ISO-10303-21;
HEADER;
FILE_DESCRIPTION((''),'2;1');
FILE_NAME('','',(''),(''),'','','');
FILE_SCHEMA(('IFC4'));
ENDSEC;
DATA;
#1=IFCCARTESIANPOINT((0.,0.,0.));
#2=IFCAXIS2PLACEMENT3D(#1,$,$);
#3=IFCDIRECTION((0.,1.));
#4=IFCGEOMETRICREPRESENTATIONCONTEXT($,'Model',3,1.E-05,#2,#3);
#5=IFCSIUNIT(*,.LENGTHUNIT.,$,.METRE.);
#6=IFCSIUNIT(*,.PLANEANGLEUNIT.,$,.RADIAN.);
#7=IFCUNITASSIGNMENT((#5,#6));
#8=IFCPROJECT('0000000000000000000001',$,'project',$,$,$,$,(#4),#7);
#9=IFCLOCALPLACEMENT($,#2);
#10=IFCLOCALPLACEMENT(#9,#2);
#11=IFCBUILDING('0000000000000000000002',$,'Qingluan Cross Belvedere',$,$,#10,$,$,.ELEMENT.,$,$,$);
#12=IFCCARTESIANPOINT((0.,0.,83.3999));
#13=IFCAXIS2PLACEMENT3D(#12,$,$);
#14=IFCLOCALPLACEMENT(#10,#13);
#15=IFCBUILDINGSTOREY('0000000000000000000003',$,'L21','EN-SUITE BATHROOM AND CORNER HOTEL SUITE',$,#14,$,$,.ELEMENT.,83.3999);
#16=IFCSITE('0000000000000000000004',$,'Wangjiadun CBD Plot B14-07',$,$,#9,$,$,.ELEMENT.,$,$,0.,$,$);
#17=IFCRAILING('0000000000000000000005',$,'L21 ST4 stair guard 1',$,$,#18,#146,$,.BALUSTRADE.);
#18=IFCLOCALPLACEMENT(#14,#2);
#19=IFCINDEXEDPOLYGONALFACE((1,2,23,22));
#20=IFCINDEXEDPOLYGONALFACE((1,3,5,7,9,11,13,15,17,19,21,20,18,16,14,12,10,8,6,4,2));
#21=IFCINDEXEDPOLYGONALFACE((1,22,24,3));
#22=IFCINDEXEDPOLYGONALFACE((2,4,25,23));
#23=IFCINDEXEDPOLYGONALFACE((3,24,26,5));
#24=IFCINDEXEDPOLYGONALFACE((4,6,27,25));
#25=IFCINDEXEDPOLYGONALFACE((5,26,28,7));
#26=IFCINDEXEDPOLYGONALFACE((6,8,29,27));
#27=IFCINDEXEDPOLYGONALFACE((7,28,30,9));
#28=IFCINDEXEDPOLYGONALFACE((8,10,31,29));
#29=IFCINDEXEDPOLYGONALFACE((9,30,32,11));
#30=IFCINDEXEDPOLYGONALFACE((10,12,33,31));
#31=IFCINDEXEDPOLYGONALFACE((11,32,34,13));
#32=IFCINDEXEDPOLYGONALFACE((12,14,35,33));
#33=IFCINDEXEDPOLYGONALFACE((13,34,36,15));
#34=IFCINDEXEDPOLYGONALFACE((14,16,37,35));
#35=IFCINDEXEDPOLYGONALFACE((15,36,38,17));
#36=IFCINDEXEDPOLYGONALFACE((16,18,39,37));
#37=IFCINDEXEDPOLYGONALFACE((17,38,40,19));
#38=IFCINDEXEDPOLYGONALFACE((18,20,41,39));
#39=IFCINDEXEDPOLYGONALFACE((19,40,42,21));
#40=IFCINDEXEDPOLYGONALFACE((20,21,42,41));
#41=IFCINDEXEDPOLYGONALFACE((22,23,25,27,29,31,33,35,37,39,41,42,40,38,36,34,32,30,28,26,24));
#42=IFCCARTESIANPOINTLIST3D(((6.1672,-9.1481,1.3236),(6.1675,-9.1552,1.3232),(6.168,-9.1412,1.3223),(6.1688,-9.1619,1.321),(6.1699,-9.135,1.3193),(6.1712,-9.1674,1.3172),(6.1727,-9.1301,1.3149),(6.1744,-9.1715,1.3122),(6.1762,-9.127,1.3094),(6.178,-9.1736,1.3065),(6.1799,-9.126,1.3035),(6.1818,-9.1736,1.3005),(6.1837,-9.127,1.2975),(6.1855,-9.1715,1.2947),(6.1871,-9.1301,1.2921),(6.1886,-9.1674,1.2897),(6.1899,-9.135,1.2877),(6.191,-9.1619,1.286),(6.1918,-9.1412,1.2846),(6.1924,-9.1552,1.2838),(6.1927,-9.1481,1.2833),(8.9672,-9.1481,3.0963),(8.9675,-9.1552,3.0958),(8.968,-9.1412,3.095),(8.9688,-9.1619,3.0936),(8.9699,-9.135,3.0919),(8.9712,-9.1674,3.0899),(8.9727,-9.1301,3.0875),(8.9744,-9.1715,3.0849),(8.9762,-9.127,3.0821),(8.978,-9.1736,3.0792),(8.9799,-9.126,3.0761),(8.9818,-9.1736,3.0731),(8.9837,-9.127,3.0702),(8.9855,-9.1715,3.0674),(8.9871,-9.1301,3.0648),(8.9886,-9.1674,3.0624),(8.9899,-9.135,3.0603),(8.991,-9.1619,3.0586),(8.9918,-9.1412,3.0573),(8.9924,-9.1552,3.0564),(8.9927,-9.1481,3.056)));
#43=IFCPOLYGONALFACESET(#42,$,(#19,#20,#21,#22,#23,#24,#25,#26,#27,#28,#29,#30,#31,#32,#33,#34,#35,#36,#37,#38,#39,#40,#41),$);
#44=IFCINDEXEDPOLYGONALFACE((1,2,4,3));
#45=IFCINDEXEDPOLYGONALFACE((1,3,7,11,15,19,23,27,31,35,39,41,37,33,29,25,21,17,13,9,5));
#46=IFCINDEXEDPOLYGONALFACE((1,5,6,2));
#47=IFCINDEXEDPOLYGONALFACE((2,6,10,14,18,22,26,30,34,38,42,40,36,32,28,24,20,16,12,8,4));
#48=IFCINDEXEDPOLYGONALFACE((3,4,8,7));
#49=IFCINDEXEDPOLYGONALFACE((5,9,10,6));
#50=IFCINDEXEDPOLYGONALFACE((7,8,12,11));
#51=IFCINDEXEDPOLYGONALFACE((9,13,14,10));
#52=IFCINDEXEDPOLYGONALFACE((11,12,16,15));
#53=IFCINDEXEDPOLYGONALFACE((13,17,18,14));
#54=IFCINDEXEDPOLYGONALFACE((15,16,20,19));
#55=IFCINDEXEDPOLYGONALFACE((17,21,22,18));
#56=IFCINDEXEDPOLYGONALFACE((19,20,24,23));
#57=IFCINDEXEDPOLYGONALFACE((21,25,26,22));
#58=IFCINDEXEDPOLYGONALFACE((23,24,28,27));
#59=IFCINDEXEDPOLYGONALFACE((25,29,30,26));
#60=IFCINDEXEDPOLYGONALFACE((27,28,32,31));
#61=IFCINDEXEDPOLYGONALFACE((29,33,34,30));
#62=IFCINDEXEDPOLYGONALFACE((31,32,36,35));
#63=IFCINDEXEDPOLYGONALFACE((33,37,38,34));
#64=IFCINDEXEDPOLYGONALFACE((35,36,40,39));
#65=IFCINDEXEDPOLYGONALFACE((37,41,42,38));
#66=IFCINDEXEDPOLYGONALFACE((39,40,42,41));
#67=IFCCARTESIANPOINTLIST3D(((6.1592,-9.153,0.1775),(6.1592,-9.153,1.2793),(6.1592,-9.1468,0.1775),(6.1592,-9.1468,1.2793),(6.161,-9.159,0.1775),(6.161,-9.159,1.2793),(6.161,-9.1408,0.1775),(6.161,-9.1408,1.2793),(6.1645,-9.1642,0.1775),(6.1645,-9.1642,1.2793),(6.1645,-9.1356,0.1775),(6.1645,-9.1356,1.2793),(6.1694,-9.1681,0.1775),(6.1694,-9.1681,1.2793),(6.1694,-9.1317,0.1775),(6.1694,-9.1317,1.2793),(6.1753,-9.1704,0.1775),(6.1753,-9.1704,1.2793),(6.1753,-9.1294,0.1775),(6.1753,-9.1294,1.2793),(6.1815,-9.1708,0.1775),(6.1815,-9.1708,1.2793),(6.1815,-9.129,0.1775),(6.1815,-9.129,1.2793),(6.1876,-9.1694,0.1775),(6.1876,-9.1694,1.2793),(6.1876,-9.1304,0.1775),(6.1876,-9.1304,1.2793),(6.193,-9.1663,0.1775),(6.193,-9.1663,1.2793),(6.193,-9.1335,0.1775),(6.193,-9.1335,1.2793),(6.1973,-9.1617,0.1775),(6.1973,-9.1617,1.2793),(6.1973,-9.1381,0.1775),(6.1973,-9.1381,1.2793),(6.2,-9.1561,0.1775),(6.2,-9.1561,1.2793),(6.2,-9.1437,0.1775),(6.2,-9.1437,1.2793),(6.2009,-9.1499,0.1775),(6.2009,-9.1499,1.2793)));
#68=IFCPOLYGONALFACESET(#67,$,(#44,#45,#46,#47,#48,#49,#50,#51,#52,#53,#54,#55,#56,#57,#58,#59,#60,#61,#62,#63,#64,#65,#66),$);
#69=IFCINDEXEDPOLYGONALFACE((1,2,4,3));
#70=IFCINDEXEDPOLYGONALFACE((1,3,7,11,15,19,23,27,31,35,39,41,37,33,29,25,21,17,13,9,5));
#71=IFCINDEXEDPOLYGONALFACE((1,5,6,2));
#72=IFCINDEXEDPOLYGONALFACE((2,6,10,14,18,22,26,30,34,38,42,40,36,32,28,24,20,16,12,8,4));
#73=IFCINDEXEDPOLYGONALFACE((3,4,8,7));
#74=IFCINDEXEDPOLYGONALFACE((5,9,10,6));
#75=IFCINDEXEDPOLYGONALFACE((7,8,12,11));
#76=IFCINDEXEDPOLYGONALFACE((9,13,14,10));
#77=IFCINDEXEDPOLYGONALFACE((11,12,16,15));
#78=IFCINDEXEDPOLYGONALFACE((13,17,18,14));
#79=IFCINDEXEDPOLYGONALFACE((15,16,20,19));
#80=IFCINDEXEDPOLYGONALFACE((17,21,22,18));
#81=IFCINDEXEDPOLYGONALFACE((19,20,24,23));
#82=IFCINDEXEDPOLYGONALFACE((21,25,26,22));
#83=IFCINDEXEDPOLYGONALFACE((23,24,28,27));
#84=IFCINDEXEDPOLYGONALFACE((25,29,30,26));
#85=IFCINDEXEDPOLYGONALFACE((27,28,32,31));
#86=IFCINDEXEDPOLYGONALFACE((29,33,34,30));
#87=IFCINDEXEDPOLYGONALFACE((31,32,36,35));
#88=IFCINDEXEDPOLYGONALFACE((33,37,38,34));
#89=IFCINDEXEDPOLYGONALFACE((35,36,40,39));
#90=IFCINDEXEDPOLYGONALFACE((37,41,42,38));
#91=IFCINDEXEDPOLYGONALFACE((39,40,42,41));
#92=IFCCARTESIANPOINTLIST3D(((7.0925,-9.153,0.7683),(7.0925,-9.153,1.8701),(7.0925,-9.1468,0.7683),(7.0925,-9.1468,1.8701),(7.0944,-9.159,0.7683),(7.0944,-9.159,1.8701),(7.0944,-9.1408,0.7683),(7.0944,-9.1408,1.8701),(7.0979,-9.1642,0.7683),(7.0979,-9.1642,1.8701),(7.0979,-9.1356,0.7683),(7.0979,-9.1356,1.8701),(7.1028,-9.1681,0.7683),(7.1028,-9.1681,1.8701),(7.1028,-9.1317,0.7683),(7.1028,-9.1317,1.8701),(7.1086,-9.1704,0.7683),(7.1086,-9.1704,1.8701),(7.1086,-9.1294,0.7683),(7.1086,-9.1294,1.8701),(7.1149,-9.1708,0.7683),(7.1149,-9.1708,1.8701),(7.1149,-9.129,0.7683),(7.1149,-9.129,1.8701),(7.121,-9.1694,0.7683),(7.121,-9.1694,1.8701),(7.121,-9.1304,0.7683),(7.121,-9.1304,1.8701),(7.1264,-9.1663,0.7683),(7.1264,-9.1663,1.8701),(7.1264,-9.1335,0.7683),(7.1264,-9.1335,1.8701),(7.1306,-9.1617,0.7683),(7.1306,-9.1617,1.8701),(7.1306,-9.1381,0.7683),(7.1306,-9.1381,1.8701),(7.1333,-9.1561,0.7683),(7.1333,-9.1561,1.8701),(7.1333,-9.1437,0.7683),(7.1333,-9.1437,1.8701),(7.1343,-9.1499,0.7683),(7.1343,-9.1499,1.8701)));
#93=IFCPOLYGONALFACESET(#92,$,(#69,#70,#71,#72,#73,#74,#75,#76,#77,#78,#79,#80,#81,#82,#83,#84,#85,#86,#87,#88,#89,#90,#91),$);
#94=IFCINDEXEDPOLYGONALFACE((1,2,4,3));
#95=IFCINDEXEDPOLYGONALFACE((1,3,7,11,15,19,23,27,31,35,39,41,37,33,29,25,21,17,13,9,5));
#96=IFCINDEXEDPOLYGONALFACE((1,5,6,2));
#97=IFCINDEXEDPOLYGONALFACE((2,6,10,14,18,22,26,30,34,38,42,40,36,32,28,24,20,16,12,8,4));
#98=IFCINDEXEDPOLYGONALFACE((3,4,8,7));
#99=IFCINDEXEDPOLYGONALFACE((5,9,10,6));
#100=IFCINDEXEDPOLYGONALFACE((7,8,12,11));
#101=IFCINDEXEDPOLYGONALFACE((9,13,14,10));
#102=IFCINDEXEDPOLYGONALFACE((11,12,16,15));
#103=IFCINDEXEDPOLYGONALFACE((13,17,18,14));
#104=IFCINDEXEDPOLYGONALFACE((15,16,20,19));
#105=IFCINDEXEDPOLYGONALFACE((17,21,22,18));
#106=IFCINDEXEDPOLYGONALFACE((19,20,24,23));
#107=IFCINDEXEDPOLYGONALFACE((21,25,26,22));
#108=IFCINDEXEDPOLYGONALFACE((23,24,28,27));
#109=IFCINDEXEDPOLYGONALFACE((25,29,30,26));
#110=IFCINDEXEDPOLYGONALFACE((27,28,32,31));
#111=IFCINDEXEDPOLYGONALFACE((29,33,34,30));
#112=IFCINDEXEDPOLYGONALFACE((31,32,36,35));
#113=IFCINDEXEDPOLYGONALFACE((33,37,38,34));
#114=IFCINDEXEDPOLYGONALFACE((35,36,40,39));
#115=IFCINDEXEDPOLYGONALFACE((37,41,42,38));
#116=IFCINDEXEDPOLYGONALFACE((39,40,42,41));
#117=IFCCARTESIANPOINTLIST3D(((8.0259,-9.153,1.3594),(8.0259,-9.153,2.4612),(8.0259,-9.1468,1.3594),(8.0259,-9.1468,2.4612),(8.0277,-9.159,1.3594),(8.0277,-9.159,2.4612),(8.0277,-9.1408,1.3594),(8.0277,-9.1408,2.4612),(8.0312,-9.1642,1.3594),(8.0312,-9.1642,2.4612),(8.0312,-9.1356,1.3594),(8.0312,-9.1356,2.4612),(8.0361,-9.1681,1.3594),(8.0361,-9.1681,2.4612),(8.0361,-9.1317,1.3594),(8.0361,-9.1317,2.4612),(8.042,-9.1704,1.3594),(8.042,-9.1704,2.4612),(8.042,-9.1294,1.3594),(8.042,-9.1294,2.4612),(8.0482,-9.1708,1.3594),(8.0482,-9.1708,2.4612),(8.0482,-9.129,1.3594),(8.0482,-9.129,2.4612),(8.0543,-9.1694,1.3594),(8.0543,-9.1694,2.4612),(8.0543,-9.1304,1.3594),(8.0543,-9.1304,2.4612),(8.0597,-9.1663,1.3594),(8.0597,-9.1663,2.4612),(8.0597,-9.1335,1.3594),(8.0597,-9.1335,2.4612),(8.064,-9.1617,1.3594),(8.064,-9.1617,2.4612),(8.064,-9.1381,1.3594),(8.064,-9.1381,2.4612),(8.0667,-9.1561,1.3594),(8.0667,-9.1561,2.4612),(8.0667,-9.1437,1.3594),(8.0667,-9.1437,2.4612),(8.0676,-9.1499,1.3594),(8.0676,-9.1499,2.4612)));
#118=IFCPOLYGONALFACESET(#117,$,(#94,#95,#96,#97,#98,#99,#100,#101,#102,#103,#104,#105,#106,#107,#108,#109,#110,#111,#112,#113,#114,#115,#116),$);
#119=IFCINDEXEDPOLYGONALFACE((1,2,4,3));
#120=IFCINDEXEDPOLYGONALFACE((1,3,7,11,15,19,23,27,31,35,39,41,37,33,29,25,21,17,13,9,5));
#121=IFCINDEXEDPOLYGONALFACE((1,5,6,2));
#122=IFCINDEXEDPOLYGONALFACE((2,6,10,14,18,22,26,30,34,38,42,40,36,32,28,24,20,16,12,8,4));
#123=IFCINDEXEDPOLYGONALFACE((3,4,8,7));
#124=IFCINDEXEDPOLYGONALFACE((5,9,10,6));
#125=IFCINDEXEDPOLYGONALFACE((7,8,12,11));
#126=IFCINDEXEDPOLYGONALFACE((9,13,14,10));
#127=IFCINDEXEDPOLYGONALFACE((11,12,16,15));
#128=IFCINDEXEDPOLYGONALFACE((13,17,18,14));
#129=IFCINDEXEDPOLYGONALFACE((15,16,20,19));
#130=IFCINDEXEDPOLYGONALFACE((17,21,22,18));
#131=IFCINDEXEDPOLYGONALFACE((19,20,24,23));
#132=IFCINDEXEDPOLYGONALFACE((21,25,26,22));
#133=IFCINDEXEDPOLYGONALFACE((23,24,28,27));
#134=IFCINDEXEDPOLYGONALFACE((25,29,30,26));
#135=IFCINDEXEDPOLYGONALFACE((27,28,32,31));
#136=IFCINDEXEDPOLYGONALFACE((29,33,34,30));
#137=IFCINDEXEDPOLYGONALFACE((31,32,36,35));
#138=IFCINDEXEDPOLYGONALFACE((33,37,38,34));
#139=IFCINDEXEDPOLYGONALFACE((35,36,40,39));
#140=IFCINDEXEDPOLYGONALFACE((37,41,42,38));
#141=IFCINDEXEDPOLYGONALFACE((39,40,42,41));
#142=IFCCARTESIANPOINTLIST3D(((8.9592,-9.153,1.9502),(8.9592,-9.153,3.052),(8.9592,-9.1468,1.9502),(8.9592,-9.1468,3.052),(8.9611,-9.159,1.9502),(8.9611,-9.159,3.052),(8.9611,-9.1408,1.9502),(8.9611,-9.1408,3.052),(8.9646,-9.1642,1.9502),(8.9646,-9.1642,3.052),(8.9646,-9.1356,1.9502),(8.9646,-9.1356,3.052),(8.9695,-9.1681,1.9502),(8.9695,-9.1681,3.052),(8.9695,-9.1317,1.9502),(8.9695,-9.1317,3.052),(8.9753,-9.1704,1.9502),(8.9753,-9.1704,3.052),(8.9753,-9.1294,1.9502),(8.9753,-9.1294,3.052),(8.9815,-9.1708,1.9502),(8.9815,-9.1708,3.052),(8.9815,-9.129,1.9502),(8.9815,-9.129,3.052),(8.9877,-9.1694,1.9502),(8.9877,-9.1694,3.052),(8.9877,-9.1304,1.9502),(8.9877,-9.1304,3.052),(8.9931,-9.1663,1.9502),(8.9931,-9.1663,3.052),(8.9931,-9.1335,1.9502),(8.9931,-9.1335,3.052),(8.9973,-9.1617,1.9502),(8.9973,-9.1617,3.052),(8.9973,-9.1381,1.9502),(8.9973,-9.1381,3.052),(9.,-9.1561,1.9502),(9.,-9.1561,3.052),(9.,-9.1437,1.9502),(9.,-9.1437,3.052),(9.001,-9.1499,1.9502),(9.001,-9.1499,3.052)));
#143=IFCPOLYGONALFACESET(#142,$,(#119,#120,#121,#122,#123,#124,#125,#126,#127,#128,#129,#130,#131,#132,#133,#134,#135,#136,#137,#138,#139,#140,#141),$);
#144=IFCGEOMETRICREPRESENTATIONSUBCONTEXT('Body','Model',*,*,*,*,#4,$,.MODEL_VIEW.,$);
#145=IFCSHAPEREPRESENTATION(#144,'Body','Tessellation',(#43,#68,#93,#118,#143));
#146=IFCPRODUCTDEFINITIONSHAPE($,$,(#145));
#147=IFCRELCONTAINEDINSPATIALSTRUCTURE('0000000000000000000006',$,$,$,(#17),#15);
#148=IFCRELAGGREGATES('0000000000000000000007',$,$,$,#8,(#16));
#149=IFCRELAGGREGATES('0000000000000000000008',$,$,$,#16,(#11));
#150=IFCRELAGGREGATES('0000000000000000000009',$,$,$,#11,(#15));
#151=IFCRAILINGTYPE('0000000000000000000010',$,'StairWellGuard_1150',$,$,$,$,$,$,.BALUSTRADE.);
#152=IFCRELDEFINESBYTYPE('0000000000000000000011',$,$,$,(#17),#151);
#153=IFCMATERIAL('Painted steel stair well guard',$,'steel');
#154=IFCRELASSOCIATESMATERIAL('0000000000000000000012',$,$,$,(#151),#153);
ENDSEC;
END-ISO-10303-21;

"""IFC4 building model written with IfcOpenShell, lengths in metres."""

from ifc_helpers import new_model, si_unit, direction, frame, origin, origin_2d, place, context, subcontext, project, spatial, circle, extrude, material, type_object, element, save


model = new_model("IFC4")

# Units and contexts
model_context = context("Model", 3, precision=1e-05, world=origin(), true_north=direction((0.0, 1.0)))
body_context = subcontext(model_context, "Body", "Model", "MODEL_VIEW")
ifc_project = project(units=[si_unit("LENGTHUNIT", "METRE"), si_unit("PLANEANGLEUNIT", "RADIAN")], contexts=[model_context])

# Site, building, storey
site_placement = place(None, origin())
site = spatial("IfcSite", under=ifc_project, at=site_placement, Name="Wangjiadun CBD Plot B14-07", CompositionType="ELEMENT", RefElevation=0.0)
building_placement = place(site_placement, origin())
building = spatial("IfcBuilding", under=site, at=building_placement, Name="Qingluan Cross Belvedere", CompositionType="ELEMENT")
storey_placement = place(building_placement, frame((0.0, 0.0, 83.3999)))
storey = spatial("IfcBuildingStorey", under=building, at=storey_placement, Name="L21", Description="EN-SUITE BATHROOM AND CORNER HOTEL SUITE", CompositionType="ELEMENT", Elevation=83.3999)

# Railing
ifc_material_1 = material(Name="Painted steel stair well guard", Category="steel")
railing_type_1 = type_object("IfcRailingType", Name="StairWellGuard_1150", PredefinedType="BALUSTRADE", material=ifc_material_1)
railing_1_placement = place(storey_placement, frame((6.1799, -9.1499, 0.1775)))
element("IfcRailing", 1, at=railing_1_placement, inside=storey, type_object=railing_type_1, Name="L21 ST4 stair guard 1", PredefinedType="BALUSTRADE", context=body_context, shape_type="SweptSolid", body=[
    extrude(circle(Radius=0.0239, at=origin_2d()), frame((0.0, 0.0, 1.126), z_axis=(0.844909, 0.0, 0.53491), x_axis=(0.0, 1.0, 0.0)), (0.0, 0.0, 1.0), 3.314),
    extrude(circle(Radius=0.021, at=origin_2d()), origin(), (0.0, 0.0, 1.0), 1.1018),
    extrude(circle(Radius=0.021, at=origin_2d()), frame((0.9333, 0.0, 0.5908)), (0.0, 0.0, 1.0), 1.1018),
    extrude(circle(Radius=0.021, at=origin_2d()), frame((1.8667, 0.0, 1.1819)), (0.0, 0.0, 1.0), 1.1018),
    extrude(circle(Radius=0.021, at=origin_2d()), frame((2.8, 0.0, 1.7727)), (0.0, 0.0, 1.0), 1.1018),
])

save(model, "model.ifc")
